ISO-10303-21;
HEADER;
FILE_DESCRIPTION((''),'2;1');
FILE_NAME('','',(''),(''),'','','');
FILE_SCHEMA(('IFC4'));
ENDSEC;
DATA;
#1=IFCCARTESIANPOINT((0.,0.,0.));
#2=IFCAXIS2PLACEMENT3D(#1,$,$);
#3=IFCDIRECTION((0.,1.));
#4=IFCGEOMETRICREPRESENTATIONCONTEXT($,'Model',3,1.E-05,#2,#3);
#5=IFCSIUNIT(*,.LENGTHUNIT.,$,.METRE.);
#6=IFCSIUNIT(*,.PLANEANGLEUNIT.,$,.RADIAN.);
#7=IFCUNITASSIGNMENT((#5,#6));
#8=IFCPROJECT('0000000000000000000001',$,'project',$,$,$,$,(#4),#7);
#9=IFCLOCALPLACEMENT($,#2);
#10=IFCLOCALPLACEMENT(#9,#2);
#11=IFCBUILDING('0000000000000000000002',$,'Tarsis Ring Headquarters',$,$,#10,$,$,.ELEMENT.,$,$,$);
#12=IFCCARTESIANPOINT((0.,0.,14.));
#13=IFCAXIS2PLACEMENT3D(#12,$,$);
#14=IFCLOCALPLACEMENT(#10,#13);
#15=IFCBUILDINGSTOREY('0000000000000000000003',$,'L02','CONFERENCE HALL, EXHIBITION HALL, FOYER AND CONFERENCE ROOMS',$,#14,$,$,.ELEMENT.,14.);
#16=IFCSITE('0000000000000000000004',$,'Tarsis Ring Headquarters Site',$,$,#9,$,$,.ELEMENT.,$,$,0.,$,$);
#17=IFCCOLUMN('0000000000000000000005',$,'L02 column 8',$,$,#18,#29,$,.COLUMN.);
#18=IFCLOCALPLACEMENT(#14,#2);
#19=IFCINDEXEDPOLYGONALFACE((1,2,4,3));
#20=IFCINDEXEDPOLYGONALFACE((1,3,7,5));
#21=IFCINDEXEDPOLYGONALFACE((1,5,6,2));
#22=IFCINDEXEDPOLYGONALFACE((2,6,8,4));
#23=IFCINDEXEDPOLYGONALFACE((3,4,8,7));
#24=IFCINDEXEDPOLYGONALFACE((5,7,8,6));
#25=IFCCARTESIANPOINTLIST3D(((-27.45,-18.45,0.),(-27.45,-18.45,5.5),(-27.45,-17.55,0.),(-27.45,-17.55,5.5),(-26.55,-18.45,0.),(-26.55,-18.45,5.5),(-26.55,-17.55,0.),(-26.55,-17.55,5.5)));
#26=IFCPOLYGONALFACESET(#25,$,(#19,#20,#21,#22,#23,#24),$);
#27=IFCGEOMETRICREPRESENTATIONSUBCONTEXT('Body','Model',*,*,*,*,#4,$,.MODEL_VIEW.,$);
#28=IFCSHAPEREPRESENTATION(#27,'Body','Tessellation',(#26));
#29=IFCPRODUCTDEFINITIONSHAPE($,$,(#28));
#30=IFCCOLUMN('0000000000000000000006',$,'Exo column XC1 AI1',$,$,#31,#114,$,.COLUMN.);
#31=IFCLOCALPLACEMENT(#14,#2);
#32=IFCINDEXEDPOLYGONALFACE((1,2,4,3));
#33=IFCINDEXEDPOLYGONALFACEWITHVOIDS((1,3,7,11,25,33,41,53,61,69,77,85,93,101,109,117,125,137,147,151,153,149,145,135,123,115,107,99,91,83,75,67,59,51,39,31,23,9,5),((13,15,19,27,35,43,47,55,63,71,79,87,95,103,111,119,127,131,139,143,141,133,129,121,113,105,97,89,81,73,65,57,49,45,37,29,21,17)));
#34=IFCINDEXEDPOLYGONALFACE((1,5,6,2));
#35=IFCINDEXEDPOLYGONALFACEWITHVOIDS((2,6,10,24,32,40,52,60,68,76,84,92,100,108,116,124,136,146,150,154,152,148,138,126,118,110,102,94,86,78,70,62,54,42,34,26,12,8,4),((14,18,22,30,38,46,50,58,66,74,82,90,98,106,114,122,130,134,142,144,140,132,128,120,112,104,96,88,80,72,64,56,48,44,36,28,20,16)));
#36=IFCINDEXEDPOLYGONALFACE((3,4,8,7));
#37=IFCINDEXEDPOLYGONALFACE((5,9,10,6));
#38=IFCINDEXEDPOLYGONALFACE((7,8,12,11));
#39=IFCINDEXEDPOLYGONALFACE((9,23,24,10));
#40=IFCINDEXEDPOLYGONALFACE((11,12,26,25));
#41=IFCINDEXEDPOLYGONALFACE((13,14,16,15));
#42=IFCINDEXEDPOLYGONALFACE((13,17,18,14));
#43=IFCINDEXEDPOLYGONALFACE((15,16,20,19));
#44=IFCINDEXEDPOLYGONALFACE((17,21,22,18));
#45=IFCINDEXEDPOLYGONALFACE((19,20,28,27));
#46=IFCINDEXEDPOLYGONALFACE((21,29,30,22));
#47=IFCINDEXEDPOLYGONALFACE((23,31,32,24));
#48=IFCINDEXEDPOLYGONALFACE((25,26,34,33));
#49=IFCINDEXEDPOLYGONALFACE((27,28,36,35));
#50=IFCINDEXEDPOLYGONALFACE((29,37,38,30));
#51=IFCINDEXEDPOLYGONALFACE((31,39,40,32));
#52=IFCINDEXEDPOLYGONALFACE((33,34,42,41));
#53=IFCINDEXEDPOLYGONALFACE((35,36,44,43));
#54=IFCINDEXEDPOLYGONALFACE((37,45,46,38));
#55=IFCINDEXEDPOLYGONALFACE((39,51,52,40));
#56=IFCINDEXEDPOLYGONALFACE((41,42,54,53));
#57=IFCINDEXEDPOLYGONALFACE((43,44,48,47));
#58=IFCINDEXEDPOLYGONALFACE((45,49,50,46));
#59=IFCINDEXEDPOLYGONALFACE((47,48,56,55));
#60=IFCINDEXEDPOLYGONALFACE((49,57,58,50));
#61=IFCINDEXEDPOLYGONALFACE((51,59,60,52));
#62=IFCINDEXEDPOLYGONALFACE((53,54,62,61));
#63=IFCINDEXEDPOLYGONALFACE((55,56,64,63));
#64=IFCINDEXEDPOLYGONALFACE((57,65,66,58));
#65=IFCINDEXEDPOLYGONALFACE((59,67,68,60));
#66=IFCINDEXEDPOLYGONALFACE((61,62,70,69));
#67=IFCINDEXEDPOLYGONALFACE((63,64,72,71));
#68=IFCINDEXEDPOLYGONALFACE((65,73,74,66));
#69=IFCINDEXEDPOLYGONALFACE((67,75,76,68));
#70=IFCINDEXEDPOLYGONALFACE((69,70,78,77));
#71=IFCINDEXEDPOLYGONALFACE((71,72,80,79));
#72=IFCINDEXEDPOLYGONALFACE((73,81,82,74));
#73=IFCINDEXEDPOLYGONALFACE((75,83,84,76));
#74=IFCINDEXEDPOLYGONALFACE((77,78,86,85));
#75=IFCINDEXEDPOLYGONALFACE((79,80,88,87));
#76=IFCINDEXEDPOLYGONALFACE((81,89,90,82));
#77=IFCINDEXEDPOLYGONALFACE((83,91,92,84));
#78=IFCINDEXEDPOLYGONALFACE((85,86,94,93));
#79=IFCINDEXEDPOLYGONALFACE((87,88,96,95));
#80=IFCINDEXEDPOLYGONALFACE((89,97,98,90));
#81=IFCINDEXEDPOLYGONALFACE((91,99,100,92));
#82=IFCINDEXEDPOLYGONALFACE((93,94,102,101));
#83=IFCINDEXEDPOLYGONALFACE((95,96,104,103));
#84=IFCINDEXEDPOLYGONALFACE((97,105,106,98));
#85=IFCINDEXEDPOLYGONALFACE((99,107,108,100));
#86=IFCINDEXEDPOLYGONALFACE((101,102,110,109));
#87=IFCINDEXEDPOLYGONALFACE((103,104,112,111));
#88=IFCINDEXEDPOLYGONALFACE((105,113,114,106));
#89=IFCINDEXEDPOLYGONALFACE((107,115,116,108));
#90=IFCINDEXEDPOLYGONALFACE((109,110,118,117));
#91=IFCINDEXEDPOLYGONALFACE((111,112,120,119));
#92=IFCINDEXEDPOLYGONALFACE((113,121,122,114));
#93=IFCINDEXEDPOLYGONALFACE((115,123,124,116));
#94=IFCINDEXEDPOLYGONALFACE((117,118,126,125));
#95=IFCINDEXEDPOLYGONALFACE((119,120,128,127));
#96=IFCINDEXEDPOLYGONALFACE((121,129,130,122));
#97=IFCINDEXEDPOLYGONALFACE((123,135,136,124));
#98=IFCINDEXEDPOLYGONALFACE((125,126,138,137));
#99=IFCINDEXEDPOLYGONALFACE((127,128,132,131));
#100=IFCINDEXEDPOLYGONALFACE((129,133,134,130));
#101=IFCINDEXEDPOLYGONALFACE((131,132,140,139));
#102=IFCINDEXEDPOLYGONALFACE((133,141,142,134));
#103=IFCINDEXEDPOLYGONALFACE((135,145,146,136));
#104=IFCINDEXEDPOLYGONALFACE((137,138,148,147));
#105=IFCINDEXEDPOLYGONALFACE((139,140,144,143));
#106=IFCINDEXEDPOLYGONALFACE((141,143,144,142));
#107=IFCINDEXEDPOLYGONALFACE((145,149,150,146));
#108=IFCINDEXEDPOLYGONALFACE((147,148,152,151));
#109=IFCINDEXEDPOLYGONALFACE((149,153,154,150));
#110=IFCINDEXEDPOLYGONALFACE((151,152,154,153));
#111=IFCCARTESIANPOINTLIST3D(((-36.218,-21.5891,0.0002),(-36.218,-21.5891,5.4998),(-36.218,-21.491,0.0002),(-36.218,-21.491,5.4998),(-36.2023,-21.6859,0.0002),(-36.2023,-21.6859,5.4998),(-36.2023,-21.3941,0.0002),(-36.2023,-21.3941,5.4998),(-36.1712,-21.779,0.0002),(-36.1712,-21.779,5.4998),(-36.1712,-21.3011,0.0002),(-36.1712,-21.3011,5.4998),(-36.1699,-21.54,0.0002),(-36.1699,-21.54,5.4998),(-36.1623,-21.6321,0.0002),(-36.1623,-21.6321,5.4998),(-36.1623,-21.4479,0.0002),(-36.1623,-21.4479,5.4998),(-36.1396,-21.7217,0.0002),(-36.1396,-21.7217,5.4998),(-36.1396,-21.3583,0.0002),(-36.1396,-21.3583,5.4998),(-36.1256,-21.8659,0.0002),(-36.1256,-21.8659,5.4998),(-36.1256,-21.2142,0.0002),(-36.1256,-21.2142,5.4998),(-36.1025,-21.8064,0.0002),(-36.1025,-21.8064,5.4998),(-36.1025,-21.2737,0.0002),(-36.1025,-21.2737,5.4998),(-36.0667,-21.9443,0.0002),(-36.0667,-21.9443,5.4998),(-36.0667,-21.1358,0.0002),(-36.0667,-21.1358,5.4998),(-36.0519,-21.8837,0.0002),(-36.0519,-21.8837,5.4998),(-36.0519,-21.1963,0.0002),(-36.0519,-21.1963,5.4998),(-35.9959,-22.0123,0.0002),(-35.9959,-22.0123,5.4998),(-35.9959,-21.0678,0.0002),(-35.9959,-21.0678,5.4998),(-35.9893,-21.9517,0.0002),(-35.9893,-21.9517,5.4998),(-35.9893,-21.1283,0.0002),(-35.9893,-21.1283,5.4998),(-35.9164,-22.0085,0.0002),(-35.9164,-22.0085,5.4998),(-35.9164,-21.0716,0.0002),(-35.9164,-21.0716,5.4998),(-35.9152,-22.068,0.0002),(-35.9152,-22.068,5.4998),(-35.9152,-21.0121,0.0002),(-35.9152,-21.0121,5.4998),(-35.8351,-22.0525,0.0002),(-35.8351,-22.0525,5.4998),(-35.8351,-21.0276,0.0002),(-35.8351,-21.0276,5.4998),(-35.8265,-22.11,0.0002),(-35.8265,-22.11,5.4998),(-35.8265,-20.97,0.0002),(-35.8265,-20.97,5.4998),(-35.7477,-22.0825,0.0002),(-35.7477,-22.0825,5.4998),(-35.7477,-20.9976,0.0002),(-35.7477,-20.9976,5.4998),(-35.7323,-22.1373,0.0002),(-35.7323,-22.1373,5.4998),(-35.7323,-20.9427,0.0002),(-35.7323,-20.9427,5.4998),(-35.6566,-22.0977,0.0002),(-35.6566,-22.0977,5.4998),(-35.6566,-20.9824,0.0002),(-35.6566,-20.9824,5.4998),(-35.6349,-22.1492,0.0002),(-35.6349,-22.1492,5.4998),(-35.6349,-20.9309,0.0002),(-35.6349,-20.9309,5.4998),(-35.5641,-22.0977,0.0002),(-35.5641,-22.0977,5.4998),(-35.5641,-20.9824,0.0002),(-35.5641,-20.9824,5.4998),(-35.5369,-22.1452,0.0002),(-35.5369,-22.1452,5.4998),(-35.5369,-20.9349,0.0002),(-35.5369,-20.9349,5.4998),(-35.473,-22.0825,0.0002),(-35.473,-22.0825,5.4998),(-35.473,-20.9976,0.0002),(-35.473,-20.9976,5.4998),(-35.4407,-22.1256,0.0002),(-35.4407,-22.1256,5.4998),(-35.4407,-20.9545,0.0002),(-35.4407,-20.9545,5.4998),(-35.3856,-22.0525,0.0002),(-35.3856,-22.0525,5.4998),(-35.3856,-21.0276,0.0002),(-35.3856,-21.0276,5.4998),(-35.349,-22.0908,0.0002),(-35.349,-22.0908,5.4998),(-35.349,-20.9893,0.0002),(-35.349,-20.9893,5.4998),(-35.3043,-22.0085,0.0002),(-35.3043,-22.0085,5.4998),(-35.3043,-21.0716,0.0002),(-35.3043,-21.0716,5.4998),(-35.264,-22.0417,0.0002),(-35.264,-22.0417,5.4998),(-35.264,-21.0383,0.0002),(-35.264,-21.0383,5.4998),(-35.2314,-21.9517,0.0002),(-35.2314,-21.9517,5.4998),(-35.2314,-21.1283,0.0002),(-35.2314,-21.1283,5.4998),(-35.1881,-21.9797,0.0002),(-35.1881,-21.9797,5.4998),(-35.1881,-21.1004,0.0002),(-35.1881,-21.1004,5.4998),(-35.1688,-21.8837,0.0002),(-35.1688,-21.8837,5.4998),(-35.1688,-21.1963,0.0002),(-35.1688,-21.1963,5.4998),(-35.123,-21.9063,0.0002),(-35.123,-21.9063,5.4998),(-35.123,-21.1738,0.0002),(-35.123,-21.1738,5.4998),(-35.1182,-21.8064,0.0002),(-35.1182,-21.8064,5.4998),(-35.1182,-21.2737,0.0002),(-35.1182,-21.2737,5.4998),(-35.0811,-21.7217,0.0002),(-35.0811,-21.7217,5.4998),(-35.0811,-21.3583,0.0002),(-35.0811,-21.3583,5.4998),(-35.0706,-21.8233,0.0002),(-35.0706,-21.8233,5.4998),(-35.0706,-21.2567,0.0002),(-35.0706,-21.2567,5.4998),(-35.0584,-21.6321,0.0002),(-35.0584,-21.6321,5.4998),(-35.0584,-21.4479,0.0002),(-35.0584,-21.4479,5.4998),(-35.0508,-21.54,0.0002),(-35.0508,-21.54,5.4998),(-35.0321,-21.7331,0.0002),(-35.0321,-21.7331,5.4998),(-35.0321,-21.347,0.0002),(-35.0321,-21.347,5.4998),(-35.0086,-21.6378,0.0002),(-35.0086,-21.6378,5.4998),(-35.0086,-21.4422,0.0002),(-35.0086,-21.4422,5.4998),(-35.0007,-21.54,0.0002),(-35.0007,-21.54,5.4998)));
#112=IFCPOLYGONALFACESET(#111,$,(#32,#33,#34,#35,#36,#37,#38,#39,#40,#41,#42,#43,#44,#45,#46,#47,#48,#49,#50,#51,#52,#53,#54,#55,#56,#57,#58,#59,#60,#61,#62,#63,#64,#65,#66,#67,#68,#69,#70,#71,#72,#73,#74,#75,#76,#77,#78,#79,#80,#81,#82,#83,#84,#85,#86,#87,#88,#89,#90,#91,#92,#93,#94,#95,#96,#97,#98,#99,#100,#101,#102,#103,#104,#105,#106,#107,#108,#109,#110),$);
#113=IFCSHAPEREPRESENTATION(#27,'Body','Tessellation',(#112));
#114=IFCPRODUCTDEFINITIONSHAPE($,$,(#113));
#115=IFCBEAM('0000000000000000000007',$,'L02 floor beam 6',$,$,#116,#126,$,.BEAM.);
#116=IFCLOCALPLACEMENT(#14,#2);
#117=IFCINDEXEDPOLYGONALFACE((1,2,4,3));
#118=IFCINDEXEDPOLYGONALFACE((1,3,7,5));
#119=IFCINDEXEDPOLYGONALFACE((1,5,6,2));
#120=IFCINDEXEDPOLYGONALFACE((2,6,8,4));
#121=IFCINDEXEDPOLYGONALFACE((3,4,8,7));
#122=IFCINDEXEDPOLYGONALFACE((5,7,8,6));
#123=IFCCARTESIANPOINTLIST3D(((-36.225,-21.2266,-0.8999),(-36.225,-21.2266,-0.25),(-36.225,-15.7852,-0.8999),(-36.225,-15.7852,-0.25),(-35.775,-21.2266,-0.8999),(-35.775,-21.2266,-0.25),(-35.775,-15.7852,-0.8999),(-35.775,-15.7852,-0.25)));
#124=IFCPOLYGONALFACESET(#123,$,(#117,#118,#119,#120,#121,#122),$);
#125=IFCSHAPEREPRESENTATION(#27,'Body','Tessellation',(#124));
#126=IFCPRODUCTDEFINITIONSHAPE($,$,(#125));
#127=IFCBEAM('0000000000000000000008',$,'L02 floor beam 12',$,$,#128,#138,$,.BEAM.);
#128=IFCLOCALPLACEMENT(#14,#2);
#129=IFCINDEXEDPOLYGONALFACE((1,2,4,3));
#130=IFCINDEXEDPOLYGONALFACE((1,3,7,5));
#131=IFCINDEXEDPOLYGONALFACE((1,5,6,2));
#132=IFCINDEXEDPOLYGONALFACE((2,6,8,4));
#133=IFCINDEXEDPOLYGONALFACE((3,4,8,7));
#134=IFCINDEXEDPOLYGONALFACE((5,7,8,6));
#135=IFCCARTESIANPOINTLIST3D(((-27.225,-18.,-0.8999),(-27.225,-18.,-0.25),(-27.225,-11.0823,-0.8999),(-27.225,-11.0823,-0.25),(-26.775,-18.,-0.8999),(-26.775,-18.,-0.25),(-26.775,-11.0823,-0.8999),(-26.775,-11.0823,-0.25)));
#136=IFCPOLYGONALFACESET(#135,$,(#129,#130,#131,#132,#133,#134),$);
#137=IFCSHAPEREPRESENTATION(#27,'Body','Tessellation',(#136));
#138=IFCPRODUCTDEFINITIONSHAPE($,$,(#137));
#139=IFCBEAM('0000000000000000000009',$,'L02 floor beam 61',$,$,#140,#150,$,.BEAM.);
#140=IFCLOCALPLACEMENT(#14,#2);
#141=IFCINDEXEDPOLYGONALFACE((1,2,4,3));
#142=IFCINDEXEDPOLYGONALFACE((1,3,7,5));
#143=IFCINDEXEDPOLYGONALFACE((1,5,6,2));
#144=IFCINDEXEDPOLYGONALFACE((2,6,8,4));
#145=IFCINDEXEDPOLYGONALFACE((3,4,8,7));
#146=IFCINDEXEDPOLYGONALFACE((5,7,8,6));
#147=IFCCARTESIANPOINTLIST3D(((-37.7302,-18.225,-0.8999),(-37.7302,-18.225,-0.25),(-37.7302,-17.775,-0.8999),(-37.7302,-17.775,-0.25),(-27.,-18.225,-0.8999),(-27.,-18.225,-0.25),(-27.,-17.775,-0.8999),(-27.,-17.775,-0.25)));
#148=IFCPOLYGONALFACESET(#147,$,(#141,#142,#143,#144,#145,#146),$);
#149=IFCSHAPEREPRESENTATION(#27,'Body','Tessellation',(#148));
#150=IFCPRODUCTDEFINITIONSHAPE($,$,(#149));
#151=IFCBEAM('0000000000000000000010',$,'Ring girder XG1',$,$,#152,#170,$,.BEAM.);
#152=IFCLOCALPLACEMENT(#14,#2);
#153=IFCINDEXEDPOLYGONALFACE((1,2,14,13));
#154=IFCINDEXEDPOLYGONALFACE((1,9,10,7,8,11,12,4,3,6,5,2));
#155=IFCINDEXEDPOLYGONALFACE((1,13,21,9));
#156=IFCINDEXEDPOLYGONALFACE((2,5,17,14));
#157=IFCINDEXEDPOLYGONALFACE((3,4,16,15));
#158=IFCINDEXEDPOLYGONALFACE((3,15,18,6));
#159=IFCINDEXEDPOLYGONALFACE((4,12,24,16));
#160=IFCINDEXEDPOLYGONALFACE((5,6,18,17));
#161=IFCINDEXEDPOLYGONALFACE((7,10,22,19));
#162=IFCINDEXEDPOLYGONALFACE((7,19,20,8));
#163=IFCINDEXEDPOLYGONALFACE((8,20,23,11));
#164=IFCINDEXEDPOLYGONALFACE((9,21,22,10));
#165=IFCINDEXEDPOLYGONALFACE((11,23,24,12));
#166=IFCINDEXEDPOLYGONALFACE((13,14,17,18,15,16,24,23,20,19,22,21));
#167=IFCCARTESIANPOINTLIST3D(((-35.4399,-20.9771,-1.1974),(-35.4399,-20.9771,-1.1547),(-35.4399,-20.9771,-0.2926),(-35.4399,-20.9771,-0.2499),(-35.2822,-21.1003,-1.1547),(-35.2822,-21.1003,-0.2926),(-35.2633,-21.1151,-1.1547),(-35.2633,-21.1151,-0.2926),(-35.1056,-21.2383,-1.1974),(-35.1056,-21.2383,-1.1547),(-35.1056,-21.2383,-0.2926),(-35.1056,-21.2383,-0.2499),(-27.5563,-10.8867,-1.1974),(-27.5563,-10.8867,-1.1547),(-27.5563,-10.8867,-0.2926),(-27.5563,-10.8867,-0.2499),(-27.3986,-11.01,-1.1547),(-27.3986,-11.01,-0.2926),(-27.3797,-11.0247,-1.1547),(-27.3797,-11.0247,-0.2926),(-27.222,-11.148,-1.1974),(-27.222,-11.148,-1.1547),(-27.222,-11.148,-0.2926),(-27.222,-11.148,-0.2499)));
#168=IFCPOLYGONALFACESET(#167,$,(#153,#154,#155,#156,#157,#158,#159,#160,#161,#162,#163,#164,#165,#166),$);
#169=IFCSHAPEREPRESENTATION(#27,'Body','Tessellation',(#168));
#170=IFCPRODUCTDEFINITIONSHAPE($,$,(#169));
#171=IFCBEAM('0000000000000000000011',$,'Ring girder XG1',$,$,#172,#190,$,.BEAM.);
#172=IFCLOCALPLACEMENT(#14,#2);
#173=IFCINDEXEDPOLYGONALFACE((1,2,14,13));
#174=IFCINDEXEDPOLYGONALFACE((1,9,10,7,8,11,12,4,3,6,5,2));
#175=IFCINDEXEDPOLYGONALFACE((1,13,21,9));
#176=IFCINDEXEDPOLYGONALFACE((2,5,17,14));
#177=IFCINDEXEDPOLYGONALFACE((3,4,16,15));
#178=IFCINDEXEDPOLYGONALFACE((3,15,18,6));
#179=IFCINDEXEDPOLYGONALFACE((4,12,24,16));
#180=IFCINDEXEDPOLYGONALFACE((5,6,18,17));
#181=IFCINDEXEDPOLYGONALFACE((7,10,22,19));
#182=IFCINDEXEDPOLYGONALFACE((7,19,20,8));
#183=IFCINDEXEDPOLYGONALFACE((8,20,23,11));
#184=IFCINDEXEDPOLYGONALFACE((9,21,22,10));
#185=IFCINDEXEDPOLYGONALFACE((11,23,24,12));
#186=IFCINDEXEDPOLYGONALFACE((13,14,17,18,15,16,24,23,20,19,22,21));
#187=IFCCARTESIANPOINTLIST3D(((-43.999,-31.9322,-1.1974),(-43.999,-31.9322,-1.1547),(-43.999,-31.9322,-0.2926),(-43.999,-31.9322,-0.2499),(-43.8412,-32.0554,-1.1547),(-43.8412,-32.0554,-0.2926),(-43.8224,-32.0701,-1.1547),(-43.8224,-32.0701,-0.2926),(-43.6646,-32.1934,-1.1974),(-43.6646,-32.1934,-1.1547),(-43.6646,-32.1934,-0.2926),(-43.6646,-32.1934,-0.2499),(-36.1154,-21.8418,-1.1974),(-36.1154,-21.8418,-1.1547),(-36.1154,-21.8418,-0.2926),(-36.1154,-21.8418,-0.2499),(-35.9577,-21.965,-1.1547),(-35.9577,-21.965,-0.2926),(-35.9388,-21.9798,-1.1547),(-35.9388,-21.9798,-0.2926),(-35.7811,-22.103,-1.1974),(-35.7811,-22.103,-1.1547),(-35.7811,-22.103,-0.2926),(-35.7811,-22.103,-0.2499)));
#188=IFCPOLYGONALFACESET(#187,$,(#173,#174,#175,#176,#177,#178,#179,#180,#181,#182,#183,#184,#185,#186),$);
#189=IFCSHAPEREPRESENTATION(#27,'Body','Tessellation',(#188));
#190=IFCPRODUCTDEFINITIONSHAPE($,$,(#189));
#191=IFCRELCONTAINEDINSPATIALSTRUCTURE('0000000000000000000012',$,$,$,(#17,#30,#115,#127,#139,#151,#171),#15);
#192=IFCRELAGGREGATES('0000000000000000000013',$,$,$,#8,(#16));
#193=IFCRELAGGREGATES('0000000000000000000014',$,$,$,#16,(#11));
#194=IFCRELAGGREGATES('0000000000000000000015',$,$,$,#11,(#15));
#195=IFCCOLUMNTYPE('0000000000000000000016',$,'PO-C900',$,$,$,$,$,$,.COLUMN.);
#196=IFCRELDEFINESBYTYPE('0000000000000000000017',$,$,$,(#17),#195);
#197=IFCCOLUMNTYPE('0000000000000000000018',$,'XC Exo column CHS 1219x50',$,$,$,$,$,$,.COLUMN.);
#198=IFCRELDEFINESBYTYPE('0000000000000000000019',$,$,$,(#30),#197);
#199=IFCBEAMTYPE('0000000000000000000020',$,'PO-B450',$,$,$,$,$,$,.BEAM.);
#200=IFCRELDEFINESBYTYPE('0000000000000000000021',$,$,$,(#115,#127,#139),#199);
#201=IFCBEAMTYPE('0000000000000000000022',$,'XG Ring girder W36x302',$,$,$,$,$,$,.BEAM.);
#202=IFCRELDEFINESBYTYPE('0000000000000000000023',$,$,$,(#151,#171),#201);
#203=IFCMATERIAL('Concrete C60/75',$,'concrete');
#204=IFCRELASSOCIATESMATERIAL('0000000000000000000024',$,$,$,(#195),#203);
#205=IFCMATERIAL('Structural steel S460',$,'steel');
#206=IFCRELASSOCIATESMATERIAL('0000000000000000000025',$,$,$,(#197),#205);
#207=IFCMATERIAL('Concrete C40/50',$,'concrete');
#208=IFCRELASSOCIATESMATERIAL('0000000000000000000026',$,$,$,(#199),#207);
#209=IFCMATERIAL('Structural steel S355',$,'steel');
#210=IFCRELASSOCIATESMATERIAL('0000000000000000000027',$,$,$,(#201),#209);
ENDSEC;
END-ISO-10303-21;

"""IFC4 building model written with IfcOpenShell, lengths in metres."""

from ifc_helpers import new_model, si_unit, direction, frame, origin, origin_2d, place, context, subcontext, project, spatial, rectangle, hollow_circle, i_section, extrude, material, material_profile, profile_set, type_object, element, save


model = new_model("IFC4")

# Units and contexts
model_context = context("Model", 3, precision=1e-05, world=origin(), true_north=direction((0.0, 1.0)))
body_context = subcontext(model_context, "Body", "Model", "MODEL_VIEW")
ifc_project = project(units=[si_unit("LENGTHUNIT", "METRE"), si_unit("PLANEANGLEUNIT", "RADIAN")], contexts=[model_context])

# Site, building, storey
site_placement = place(None, origin())
site = spatial("IfcSite", under=ifc_project, at=site_placement, Name="Tarsis Ring Headquarters Site", CompositionType="ELEMENT", RefElevation=0.0)
building_placement = place(site_placement, origin())
building = spatial("IfcBuilding", under=site, at=building_placement, Name="Tarsis Ring Headquarters", CompositionType="ELEMENT")
storey_placement = place(building_placement, frame((0.0, 0.0, 14.0)))
storey = spatial("IfcBuildingStorey", under=building, at=storey_placement, Name="L02", Description="CONFERENCE HALL, EXHIBITION HALL, FOYER AND CONFERENCE ROOMS", CompositionType="ELEMENT", Elevation=14.0)

# Columns
ifc_material_1 = material(Name="Concrete C60/75", Category="concrete")
ifc_material_profile_1 = material_profile(ifc_material_1, rectangle(XDim=0.8999, YDim=0.8999, at=origin_2d()), Name="PO-C900")
ifc_profile_set_1 = profile_set([ifc_material_profile_1], Name="Concrete C60/75")
column_type_1 = type_object("IfcColumnType", Name="PO-C900", PredefinedType="COLUMN", material=ifc_profile_set_1)
column_1_placement = place(storey_placement, frame((-27.0, -18.0, 0.0), z_axis=(0.0, 0.0, 1.0), x_axis=(1.0, 0.0, 0.0)))
element("IfcColumn", 1, at=column_1_placement, inside=storey, type_object=column_type_1, Name="L02 column 8", PredefinedType="COLUMN", context=body_context, shape_type="SweptSolid", body=[
    extrude(rectangle(XDim=0.8999, YDim=0.8999, at=origin_2d()), origin(), (0.0, 0.0, 1.0), 5.5),
])
ifc_material_2 = material(Name="Structural steel S460", Category="steel")
ifc_material_profile_2 = material_profile(ifc_material_2, hollow_circle(Radius=0.6096, WallThickness=0.05, at=origin_2d()), Name="CHS 1219x50")
ifc_profile_set_2 = profile_set([ifc_material_profile_2], Name="Structural steel S460")
column_type_2 = type_object("IfcColumnType", Name="XC Exo column CHS 1219x50", PredefinedType="COLUMN", material=ifc_profile_set_2)
column_2_placement = place(storey_placement, frame((-35.6104, -21.54, 0.0002), z_axis=(0.0, 0.0, 1.0), x_axis=(1.0, 0.0, 0.0)))
element("IfcColumn", 2, at=column_2_placement, inside=storey, type_object=column_type_2, Name="Exo column XC1 AI1", PredefinedType="COLUMN", context=body_context, shape_type="SweptSolid", body=[
    extrude(hollow_circle(Radius=0.6096, WallThickness=0.05, at=origin_2d()), origin(), (0.0, 0.0, 1.0), 5.4995),
])

# Beams
ifc_material_3 = material(Name="Concrete C40/50", Category="concrete")
ifc_material_profile_3 = material_profile(ifc_material_3, rectangle(XDim=0.45, YDim=0.6499, at=origin_2d()), Name="PO-B450")
ifc_profile_set_3 = profile_set([ifc_material_profile_3], Name="Concrete C40/50")
beam_type_1 = type_object("IfcBeamType", Name="PO-B450", PredefinedType="BEAM", material=ifc_profile_set_3)
beam_1_placement = place(storey_placement, frame((-36.0, -21.2266, -0.575), z_axis=(0.0, 1.0, 0.0), x_axis=(-1.0, 0.0, 0.0)))
element("IfcBeam", 3, at=beam_1_placement, inside=storey, type_object=beam_type_1, Name="L02 floor beam 6", PredefinedType="BEAM", context=body_context, shape_type="SweptSolid", body=[
    extrude(rectangle(XDim=0.45, YDim=0.6499, at=origin_2d()), origin(), (0.0, 0.0, 1.0), 5.4414),
])
beam_2_placement = place(storey_placement, frame((-27.0, -18.0, -0.575), z_axis=(0.0, 1.0, 0.0), x_axis=(-1.0, 0.0, 0.0)))
element("IfcBeam", 4, at=beam_2_placement, inside=storey, type_object=beam_type_1, Name="L02 floor beam 12", PredefinedType="BEAM", context=body_context, shape_type="SweptSolid", body=[
    extrude(rectangle(XDim=0.45, YDim=0.6499, at=origin_2d()), origin(), (0.0, 0.0, 1.0), 6.9177),
])
beam_3_placement = place(storey_placement, frame((-37.7302, -18.0, -0.575), z_axis=(1.0, 0.0, 0.0), x_axis=(0.0, 1.0, 0.0)))
element("IfcBeam", 5, at=beam_3_placement, inside=storey, type_object=beam_type_1, Name="L02 floor beam 61", PredefinedType="BEAM", context=body_context, shape_type="SweptSolid", body=[
    extrude(rectangle(XDim=0.45, YDim=0.6499, at=origin_2d()), origin(), (0.0, 0.0, 1.0), 10.7302),
])
ifc_material_4 = material(Name="Structural steel S355", Category="steel")
ifc_material_profile_4 = material_profile(ifc_material_4, i_section(OverallWidth=0.4243, OverallDepth=0.9475, WebThickness=0.0239, FlangeThickness=0.0427, at=origin_2d()), Name="W36x302")
ifc_profile_set_4 = profile_set([ifc_material_profile_4], Name="Structural steel S355")
beam_type_2 = type_object("IfcBeamType", Name="XG Ring girder W36x302", PredefinedType="BEAM", material=ifc_profile_set_4)
for number, where, z_axis, x_axis, name in (
    (6, (-27.3892, -11.0173, -0.7236), (-0.615667, -0.788006, 0.0), (0.788006, -0.615667, 0.0), "Ring girder XG1"),
    (7, (-35.9482, -21.9724, -0.7236), (-0.615667, -0.788006, 0.0), (0.788006, -0.615667, 0.0), "Ring girder XG1"),
):
    element("IfcBeam", number, at=place(storey_placement, frame(where, z_axis=z_axis, x_axis=x_axis)), inside=storey, type_object=beam_type_2, Name=name, PredefinedType="BEAM", context=body_context, shape_type="SweptSolid", body=[
        extrude(i_section(OverallWidth=0.4243, OverallDepth=0.9475, WebThickness=0.0239, FlangeThickness=0.0427, at=origin_2d()), origin(), (0.0, 0.0, 1.0), 12.8049),
    ])

save(model, "model.ifc")
